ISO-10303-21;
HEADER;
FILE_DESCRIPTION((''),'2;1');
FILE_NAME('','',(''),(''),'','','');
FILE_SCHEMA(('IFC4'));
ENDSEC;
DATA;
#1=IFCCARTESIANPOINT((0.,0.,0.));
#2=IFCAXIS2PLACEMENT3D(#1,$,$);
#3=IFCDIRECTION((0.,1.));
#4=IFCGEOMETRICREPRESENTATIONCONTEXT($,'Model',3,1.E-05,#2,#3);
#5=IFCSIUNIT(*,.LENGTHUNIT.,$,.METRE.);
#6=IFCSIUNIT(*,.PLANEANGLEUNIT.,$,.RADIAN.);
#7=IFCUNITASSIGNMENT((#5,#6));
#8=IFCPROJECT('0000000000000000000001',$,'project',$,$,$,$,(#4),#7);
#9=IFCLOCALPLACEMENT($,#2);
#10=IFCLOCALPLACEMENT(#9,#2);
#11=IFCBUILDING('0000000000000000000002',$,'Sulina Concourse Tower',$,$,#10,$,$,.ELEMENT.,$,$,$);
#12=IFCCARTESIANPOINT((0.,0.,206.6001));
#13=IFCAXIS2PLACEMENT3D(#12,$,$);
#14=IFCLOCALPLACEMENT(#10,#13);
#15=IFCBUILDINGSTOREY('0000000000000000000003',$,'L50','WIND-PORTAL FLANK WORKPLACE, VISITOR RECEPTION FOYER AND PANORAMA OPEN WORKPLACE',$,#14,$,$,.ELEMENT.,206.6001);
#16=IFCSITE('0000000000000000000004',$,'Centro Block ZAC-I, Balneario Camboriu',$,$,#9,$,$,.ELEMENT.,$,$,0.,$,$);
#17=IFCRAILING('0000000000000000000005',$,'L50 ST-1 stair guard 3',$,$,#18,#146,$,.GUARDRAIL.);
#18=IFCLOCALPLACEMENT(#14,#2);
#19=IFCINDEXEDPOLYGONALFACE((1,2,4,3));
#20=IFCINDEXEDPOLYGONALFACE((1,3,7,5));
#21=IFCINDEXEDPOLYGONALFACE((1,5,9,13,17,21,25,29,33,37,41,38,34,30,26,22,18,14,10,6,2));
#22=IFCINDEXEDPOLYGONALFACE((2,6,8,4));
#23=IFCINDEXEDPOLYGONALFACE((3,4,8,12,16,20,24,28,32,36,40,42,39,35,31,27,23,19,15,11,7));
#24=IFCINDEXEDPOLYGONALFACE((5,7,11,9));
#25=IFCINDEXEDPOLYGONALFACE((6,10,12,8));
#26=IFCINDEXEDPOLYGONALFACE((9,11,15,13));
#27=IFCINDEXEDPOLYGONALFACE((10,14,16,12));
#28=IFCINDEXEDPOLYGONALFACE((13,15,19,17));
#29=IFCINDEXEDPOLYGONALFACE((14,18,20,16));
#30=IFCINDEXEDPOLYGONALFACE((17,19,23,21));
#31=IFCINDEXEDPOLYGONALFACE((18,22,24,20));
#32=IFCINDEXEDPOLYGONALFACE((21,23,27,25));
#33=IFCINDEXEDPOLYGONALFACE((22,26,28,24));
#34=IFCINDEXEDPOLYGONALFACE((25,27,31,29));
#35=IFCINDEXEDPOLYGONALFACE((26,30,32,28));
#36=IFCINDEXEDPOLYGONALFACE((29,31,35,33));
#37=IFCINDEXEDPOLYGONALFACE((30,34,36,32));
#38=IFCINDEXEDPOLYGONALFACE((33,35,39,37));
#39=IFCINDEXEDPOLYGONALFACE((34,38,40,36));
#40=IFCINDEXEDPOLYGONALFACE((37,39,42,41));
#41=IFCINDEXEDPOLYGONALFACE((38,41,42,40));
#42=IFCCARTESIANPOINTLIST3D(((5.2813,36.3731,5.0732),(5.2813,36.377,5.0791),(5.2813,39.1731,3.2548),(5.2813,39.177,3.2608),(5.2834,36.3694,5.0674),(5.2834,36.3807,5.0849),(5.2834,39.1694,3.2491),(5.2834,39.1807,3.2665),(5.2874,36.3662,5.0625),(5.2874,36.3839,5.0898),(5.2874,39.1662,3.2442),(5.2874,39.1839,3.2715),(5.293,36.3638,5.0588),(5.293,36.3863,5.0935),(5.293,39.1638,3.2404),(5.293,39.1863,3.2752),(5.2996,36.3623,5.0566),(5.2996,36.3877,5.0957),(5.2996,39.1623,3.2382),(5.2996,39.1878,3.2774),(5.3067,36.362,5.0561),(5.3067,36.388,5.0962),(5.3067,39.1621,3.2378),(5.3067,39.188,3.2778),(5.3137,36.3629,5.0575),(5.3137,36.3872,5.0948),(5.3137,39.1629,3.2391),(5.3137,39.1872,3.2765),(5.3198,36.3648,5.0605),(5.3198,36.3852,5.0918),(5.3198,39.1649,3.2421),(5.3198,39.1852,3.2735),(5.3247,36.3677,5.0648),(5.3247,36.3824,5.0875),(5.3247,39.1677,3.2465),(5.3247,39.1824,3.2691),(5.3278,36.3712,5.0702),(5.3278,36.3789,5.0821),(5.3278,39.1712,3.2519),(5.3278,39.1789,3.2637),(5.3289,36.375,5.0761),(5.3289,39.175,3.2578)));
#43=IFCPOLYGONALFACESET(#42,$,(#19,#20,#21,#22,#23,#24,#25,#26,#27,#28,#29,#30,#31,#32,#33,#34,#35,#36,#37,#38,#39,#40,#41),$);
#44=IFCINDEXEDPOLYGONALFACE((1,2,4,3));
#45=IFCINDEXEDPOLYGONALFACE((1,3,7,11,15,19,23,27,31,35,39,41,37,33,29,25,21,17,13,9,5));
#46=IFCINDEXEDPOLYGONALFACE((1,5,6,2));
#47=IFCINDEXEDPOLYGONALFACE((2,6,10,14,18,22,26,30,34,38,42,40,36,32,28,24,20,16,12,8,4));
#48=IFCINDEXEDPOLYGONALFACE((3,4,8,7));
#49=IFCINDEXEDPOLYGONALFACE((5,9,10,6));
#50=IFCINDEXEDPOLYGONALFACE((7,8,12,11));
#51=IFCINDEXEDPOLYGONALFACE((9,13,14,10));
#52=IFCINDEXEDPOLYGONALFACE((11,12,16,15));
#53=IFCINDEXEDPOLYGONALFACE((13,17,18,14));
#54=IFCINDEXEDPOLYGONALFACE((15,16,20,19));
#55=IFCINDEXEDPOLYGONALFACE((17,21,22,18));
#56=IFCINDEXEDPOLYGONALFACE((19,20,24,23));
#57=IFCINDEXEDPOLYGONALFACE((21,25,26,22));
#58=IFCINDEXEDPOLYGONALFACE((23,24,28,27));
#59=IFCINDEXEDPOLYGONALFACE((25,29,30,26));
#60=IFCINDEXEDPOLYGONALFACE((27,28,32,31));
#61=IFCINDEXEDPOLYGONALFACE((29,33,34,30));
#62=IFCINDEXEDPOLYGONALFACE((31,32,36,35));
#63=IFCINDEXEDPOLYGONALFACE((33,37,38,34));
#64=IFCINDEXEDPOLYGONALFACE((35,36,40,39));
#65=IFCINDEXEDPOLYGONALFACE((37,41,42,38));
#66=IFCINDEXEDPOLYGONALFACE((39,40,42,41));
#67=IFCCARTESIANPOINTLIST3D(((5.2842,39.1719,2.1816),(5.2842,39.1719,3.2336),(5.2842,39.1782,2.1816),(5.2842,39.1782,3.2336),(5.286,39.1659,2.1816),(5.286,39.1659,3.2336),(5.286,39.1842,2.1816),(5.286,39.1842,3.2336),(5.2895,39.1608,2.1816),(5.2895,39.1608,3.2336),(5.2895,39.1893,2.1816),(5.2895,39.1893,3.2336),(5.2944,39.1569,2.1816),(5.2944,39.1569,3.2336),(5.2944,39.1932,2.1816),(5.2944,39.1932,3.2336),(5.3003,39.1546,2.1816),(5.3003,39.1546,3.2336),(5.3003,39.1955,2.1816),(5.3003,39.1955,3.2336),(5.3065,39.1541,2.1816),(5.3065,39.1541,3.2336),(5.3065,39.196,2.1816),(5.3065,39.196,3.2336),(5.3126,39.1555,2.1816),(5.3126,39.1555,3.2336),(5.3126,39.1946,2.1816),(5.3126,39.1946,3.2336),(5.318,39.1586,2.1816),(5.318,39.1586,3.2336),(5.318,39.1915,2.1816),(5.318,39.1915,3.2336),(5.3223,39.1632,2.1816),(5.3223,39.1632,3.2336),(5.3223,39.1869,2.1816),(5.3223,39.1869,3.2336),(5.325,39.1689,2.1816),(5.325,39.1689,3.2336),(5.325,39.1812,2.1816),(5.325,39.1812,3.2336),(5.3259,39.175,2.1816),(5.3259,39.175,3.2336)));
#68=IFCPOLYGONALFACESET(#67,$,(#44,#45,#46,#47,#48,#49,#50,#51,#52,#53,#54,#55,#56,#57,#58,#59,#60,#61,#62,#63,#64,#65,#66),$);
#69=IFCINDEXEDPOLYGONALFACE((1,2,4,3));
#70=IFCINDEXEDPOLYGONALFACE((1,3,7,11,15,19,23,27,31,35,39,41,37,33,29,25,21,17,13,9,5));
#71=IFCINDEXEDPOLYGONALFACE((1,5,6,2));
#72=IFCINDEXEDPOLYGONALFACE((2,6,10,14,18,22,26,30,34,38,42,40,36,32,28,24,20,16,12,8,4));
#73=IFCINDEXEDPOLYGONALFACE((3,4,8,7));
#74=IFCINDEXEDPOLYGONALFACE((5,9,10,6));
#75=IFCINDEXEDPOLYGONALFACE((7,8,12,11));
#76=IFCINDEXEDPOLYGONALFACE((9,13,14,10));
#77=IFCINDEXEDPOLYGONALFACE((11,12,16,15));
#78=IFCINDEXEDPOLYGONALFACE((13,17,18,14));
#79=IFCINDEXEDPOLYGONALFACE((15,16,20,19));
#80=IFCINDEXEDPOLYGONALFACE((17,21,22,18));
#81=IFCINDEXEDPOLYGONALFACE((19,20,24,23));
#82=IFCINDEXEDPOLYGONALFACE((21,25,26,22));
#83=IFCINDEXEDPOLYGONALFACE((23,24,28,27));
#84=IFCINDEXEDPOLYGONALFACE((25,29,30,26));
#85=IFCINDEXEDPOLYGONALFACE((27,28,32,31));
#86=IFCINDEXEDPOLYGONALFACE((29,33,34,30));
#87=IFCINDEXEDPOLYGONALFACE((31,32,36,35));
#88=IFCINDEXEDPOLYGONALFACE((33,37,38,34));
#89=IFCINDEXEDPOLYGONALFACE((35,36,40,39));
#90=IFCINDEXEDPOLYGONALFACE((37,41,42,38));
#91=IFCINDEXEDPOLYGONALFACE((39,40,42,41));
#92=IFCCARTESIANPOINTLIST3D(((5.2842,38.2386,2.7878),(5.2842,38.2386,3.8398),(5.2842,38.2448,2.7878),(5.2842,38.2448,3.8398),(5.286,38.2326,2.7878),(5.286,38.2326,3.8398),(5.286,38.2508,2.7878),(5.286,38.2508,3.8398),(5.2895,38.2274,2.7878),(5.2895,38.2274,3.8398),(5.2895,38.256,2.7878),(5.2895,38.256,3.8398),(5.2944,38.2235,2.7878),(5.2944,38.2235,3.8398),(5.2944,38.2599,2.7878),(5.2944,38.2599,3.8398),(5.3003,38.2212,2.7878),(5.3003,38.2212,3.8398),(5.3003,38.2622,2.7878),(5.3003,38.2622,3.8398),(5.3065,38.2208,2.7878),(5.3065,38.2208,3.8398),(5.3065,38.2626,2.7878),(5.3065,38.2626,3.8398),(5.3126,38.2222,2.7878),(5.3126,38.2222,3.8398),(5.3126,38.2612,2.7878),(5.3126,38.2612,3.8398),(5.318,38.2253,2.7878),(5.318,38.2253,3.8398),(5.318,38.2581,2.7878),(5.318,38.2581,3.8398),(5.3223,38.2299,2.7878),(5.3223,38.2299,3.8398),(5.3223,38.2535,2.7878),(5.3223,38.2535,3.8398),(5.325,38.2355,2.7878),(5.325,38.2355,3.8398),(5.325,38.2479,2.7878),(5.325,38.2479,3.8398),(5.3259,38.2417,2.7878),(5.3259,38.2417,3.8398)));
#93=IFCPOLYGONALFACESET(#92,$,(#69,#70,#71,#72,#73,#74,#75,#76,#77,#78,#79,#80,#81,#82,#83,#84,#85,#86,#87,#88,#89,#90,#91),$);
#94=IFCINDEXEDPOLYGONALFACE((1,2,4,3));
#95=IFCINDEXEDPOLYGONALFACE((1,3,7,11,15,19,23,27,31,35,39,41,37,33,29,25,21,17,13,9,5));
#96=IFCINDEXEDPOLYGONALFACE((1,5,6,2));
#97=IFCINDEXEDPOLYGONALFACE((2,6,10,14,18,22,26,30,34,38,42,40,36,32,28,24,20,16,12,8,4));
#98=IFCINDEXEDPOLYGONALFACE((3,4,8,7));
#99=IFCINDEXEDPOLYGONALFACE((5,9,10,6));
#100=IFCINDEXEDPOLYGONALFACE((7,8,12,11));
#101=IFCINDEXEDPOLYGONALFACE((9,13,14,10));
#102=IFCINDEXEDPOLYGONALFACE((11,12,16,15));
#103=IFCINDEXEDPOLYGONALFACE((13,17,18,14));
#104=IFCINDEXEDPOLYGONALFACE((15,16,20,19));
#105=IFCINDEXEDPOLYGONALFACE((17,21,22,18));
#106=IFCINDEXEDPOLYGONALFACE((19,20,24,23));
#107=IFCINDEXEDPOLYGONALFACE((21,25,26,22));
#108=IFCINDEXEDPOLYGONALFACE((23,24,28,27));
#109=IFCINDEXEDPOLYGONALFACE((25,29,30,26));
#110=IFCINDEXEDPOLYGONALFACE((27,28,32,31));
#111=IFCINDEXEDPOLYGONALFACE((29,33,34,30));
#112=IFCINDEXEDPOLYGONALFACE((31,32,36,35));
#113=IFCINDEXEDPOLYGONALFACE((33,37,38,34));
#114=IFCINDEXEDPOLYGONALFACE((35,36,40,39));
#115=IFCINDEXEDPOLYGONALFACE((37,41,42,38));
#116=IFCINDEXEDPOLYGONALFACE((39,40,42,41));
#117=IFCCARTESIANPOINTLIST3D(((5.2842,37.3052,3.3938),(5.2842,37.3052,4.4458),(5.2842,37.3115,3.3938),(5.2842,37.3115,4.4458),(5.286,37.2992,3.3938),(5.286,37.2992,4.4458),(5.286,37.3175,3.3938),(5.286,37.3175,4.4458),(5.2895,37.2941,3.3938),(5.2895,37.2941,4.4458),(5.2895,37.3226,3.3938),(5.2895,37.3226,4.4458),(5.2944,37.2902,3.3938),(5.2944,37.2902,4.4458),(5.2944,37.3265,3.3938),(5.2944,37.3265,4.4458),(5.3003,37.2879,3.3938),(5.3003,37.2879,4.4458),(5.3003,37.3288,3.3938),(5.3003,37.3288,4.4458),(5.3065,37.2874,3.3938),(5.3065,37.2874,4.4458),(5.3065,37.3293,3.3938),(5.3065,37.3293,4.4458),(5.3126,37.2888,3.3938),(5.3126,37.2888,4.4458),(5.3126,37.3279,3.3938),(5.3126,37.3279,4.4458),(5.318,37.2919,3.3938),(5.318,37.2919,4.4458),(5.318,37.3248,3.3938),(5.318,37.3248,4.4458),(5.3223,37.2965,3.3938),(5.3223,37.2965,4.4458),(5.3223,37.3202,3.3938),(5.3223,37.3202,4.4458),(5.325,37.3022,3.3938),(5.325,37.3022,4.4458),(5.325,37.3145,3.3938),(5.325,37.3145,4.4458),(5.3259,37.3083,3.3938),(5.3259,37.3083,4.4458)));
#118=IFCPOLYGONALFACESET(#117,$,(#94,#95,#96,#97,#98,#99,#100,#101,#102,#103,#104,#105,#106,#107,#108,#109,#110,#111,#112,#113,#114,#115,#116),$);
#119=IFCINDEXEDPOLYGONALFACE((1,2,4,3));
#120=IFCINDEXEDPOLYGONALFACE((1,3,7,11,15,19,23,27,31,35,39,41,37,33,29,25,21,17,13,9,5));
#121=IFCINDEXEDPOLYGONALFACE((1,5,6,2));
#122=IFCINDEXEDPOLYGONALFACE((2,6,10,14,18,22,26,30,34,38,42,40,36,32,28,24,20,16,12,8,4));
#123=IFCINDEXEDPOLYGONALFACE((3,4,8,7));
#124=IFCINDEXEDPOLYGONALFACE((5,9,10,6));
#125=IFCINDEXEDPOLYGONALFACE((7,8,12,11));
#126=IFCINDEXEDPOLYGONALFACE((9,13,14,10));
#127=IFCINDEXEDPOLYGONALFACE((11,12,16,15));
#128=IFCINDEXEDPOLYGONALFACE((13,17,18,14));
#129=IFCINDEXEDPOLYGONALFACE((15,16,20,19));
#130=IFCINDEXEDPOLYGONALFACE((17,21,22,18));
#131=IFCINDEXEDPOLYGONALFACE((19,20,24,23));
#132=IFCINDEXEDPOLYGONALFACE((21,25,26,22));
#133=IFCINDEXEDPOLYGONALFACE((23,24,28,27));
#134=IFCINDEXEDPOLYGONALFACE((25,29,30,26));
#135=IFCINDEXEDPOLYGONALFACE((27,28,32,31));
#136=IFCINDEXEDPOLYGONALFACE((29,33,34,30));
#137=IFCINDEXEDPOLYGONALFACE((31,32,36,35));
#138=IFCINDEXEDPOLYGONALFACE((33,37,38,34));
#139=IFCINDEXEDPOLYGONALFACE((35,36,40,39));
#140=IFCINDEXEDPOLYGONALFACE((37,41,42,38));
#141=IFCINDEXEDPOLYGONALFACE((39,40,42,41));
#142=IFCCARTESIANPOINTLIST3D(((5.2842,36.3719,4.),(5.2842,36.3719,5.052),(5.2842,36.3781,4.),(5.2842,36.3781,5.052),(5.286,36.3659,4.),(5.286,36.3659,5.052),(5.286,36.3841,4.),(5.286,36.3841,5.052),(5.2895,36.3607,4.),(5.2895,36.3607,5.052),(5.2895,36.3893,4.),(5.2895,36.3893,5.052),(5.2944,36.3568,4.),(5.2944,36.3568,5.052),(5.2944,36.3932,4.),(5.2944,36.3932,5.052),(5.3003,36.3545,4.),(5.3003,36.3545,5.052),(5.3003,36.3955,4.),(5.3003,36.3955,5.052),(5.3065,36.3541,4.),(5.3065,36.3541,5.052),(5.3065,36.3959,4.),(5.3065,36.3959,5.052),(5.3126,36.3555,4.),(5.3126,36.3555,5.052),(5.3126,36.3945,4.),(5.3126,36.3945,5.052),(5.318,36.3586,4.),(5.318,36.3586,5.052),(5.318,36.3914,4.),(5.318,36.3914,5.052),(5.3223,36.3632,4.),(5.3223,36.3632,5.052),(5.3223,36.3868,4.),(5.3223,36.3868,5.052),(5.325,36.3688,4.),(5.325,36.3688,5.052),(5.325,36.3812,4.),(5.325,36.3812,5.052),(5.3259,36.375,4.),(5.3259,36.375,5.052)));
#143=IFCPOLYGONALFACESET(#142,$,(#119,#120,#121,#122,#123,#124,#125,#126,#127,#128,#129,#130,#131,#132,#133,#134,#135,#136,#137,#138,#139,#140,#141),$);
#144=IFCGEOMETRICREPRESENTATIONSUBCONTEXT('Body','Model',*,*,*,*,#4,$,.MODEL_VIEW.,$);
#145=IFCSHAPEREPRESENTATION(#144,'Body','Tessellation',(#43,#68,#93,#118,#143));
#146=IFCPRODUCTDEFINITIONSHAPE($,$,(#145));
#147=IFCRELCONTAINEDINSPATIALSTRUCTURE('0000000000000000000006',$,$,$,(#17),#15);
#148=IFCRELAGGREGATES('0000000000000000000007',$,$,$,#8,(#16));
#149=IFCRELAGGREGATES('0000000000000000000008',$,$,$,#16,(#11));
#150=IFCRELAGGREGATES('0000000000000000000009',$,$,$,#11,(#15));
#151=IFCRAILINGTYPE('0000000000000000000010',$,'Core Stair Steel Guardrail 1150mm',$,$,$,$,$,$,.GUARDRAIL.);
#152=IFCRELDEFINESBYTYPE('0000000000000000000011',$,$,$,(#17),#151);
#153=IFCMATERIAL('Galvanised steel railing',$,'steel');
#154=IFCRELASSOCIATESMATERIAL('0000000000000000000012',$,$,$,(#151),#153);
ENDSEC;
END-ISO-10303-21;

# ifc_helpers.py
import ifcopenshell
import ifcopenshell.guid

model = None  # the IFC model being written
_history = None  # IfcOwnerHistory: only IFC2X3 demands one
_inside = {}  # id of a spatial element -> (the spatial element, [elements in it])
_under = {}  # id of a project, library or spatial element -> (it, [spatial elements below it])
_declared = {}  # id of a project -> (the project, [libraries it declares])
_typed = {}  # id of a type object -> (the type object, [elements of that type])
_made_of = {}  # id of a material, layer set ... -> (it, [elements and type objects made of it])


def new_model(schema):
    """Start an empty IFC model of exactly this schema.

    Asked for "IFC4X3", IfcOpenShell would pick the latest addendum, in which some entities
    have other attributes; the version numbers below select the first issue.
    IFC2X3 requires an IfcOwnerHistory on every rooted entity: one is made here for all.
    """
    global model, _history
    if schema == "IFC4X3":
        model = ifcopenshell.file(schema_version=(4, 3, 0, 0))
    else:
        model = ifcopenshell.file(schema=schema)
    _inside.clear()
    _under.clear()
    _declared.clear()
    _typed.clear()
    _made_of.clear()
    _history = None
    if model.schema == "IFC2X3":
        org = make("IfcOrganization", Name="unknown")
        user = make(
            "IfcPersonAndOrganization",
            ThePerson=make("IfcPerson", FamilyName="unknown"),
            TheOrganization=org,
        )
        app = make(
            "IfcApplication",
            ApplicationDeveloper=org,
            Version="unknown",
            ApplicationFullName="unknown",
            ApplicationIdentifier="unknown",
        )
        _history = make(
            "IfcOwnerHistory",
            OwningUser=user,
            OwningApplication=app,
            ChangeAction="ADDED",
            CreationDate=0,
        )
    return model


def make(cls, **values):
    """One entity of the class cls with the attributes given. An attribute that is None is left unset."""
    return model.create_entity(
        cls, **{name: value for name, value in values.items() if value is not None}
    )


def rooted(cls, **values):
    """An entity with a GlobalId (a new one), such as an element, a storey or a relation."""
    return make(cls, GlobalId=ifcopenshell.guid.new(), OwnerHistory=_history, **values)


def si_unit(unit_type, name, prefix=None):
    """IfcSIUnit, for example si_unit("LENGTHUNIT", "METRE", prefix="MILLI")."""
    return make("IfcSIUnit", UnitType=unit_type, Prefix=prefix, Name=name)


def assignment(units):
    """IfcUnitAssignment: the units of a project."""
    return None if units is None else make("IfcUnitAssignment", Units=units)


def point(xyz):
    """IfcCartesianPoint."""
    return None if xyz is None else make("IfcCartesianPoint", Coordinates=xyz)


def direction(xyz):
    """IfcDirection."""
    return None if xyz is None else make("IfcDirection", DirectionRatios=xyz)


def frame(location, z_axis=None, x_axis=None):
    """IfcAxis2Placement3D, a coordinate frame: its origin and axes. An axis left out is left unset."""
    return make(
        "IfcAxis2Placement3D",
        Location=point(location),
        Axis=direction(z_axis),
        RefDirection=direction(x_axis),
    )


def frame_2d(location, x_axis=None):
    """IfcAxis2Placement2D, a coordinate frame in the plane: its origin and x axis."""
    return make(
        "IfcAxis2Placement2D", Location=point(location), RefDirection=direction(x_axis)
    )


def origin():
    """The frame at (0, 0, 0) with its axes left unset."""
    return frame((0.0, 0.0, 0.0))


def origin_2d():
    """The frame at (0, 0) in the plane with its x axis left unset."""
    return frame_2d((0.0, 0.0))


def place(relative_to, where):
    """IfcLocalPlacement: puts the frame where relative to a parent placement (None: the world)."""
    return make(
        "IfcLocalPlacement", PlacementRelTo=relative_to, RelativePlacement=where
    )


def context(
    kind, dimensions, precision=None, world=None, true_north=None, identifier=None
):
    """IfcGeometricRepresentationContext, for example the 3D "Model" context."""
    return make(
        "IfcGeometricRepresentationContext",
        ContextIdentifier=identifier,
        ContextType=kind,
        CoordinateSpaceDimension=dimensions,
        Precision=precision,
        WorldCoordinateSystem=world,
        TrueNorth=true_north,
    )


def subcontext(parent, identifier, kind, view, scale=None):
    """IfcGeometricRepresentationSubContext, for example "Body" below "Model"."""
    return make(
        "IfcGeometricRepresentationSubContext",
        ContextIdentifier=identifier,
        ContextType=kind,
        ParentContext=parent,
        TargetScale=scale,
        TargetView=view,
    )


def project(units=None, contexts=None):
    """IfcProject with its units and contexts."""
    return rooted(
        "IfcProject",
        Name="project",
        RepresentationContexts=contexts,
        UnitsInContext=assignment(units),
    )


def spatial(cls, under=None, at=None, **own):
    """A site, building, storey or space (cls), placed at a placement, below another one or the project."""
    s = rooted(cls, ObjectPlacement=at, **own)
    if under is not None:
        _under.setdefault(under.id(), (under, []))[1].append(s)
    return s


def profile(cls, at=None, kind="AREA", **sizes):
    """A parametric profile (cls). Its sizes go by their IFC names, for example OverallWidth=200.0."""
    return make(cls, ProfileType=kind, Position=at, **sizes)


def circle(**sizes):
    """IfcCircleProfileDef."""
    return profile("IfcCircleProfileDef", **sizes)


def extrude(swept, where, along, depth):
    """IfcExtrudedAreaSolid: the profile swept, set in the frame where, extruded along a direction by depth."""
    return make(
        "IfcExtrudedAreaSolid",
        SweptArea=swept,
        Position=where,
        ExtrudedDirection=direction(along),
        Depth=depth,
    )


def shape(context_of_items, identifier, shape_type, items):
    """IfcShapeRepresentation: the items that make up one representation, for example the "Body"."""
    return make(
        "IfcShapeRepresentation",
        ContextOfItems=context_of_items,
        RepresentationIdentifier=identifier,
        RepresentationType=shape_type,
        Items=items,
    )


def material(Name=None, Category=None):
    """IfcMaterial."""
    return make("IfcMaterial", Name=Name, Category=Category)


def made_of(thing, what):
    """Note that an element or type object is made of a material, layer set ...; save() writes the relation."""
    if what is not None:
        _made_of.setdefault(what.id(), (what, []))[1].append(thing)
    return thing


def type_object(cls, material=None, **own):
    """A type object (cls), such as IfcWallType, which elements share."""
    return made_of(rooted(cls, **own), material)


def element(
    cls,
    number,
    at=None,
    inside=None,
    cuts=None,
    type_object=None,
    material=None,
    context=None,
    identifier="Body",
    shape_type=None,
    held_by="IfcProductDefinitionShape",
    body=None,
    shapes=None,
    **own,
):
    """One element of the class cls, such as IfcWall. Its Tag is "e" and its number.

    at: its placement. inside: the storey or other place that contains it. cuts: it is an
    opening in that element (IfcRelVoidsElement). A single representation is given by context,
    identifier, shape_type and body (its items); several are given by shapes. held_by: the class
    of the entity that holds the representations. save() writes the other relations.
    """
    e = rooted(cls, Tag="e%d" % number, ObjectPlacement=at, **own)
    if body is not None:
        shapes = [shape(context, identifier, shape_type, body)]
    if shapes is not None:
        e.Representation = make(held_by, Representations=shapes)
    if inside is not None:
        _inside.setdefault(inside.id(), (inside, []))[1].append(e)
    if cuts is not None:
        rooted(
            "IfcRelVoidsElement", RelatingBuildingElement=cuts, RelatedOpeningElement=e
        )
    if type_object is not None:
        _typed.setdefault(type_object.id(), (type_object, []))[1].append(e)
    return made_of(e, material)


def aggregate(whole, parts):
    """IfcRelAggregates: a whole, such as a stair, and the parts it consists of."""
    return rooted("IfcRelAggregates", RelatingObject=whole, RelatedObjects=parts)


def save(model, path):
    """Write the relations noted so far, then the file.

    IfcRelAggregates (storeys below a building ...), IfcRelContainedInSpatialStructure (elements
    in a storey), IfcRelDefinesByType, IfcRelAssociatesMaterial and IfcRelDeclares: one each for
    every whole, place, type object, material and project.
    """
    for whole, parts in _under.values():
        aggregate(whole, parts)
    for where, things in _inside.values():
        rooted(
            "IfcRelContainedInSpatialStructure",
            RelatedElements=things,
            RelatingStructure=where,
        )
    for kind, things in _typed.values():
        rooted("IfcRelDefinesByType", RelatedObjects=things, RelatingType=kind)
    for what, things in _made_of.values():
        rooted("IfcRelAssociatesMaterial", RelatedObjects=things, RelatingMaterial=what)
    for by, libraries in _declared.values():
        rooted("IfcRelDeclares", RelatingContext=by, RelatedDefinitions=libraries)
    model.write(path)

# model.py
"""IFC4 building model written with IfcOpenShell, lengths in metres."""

from ifc_helpers import new_model, si_unit, direction, frame, origin, origin_2d, place, context, subcontext, project, spatial, circle, extrude, material, type_object, element, save


model = new_model("IFC4")

# Units and contexts
model_context = context("Model", 3, precision=1e-05, world=origin(), true_north=direction((0.0, 1.0)))
body_context = subcontext(model_context, "Body", "Model", "MODEL_VIEW")
ifc_project = project(units=[si_unit("LENGTHUNIT", "METRE"), si_unit("PLANEANGLEUNIT", "RADIAN")], contexts=[model_context])

# Site, building, storey
site_placement = place(None, origin())
site = spatial("IfcSite", under=ifc_project, at=site_placement, Name="Centro Block ZAC-I, Balneario Camboriu", CompositionType="ELEMENT", RefElevation=0.0)
building_placement = place(site_placement, origin())
building = spatial("IfcBuilding", under=site, at=building_placement, Name="Sulina Concourse Tower", CompositionType="ELEMENT")
storey_placement = place(building_placement, frame((0.0, 0.0, 206.6001)))
storey = spatial("IfcBuildingStorey", under=building, at=storey_placement, Name="L50", Description="WIND-PORTAL FLANK WORKPLACE, VISITOR RECEPTION FOYER AND PANORAMA OPEN WORKPLACE", CompositionType="ELEMENT", Elevation=206.6001)

# Railing
ifc_material_1 = material(Name="Galvanised steel railing", Category="steel")
railing_type_1 = type_object("IfcRailingType", Name="Core Stair Steel Guardrail 1150mm", PredefinedType="GUARDRAIL", material=ifc_material_1)
railing_1_placement = place(storey_placement, frame((5.3049, 39.175, 2.1816)))
element("IfcRailing", 1, at=railing_1_placement, inside=storey, type_object=railing_type_1, Name="L50 ST-1 stair guard 3", PredefinedType="GUARDRAIL", context=body_context, shape_type="SweptSolid", body=[
    extrude(circle(Radius=0.0239, at=origin_2d()), frame((0.0, 0.0, 1.0762), z_axis=(0.0, -0.838672, 0.544636), x_axis=(1.0, 0.0, 0.0)), (0.0, 0.0, 1.0), 3.3386),
    extrude(circle(Radius=0.021, at=origin_2d()), origin(), (0.0, 0.0, 1.0), 1.052),
    extrude(circle(Radius=0.021, at=origin_2d()), frame((0.0, -0.9333, 0.6062)), (0.0, 0.0, 1.0), 1.052),
    extrude(circle(Radius=0.021, at=origin_2d()), frame((0.0, -1.8667, 1.2122)), (0.0, 0.0, 1.0), 1.052),
    extrude(circle(Radius=0.021, at=origin_2d()), frame((0.0, -2.8, 1.8184)), (0.0, 0.0, 1.0), 1.052),
])

save(model, "model.ifc")
